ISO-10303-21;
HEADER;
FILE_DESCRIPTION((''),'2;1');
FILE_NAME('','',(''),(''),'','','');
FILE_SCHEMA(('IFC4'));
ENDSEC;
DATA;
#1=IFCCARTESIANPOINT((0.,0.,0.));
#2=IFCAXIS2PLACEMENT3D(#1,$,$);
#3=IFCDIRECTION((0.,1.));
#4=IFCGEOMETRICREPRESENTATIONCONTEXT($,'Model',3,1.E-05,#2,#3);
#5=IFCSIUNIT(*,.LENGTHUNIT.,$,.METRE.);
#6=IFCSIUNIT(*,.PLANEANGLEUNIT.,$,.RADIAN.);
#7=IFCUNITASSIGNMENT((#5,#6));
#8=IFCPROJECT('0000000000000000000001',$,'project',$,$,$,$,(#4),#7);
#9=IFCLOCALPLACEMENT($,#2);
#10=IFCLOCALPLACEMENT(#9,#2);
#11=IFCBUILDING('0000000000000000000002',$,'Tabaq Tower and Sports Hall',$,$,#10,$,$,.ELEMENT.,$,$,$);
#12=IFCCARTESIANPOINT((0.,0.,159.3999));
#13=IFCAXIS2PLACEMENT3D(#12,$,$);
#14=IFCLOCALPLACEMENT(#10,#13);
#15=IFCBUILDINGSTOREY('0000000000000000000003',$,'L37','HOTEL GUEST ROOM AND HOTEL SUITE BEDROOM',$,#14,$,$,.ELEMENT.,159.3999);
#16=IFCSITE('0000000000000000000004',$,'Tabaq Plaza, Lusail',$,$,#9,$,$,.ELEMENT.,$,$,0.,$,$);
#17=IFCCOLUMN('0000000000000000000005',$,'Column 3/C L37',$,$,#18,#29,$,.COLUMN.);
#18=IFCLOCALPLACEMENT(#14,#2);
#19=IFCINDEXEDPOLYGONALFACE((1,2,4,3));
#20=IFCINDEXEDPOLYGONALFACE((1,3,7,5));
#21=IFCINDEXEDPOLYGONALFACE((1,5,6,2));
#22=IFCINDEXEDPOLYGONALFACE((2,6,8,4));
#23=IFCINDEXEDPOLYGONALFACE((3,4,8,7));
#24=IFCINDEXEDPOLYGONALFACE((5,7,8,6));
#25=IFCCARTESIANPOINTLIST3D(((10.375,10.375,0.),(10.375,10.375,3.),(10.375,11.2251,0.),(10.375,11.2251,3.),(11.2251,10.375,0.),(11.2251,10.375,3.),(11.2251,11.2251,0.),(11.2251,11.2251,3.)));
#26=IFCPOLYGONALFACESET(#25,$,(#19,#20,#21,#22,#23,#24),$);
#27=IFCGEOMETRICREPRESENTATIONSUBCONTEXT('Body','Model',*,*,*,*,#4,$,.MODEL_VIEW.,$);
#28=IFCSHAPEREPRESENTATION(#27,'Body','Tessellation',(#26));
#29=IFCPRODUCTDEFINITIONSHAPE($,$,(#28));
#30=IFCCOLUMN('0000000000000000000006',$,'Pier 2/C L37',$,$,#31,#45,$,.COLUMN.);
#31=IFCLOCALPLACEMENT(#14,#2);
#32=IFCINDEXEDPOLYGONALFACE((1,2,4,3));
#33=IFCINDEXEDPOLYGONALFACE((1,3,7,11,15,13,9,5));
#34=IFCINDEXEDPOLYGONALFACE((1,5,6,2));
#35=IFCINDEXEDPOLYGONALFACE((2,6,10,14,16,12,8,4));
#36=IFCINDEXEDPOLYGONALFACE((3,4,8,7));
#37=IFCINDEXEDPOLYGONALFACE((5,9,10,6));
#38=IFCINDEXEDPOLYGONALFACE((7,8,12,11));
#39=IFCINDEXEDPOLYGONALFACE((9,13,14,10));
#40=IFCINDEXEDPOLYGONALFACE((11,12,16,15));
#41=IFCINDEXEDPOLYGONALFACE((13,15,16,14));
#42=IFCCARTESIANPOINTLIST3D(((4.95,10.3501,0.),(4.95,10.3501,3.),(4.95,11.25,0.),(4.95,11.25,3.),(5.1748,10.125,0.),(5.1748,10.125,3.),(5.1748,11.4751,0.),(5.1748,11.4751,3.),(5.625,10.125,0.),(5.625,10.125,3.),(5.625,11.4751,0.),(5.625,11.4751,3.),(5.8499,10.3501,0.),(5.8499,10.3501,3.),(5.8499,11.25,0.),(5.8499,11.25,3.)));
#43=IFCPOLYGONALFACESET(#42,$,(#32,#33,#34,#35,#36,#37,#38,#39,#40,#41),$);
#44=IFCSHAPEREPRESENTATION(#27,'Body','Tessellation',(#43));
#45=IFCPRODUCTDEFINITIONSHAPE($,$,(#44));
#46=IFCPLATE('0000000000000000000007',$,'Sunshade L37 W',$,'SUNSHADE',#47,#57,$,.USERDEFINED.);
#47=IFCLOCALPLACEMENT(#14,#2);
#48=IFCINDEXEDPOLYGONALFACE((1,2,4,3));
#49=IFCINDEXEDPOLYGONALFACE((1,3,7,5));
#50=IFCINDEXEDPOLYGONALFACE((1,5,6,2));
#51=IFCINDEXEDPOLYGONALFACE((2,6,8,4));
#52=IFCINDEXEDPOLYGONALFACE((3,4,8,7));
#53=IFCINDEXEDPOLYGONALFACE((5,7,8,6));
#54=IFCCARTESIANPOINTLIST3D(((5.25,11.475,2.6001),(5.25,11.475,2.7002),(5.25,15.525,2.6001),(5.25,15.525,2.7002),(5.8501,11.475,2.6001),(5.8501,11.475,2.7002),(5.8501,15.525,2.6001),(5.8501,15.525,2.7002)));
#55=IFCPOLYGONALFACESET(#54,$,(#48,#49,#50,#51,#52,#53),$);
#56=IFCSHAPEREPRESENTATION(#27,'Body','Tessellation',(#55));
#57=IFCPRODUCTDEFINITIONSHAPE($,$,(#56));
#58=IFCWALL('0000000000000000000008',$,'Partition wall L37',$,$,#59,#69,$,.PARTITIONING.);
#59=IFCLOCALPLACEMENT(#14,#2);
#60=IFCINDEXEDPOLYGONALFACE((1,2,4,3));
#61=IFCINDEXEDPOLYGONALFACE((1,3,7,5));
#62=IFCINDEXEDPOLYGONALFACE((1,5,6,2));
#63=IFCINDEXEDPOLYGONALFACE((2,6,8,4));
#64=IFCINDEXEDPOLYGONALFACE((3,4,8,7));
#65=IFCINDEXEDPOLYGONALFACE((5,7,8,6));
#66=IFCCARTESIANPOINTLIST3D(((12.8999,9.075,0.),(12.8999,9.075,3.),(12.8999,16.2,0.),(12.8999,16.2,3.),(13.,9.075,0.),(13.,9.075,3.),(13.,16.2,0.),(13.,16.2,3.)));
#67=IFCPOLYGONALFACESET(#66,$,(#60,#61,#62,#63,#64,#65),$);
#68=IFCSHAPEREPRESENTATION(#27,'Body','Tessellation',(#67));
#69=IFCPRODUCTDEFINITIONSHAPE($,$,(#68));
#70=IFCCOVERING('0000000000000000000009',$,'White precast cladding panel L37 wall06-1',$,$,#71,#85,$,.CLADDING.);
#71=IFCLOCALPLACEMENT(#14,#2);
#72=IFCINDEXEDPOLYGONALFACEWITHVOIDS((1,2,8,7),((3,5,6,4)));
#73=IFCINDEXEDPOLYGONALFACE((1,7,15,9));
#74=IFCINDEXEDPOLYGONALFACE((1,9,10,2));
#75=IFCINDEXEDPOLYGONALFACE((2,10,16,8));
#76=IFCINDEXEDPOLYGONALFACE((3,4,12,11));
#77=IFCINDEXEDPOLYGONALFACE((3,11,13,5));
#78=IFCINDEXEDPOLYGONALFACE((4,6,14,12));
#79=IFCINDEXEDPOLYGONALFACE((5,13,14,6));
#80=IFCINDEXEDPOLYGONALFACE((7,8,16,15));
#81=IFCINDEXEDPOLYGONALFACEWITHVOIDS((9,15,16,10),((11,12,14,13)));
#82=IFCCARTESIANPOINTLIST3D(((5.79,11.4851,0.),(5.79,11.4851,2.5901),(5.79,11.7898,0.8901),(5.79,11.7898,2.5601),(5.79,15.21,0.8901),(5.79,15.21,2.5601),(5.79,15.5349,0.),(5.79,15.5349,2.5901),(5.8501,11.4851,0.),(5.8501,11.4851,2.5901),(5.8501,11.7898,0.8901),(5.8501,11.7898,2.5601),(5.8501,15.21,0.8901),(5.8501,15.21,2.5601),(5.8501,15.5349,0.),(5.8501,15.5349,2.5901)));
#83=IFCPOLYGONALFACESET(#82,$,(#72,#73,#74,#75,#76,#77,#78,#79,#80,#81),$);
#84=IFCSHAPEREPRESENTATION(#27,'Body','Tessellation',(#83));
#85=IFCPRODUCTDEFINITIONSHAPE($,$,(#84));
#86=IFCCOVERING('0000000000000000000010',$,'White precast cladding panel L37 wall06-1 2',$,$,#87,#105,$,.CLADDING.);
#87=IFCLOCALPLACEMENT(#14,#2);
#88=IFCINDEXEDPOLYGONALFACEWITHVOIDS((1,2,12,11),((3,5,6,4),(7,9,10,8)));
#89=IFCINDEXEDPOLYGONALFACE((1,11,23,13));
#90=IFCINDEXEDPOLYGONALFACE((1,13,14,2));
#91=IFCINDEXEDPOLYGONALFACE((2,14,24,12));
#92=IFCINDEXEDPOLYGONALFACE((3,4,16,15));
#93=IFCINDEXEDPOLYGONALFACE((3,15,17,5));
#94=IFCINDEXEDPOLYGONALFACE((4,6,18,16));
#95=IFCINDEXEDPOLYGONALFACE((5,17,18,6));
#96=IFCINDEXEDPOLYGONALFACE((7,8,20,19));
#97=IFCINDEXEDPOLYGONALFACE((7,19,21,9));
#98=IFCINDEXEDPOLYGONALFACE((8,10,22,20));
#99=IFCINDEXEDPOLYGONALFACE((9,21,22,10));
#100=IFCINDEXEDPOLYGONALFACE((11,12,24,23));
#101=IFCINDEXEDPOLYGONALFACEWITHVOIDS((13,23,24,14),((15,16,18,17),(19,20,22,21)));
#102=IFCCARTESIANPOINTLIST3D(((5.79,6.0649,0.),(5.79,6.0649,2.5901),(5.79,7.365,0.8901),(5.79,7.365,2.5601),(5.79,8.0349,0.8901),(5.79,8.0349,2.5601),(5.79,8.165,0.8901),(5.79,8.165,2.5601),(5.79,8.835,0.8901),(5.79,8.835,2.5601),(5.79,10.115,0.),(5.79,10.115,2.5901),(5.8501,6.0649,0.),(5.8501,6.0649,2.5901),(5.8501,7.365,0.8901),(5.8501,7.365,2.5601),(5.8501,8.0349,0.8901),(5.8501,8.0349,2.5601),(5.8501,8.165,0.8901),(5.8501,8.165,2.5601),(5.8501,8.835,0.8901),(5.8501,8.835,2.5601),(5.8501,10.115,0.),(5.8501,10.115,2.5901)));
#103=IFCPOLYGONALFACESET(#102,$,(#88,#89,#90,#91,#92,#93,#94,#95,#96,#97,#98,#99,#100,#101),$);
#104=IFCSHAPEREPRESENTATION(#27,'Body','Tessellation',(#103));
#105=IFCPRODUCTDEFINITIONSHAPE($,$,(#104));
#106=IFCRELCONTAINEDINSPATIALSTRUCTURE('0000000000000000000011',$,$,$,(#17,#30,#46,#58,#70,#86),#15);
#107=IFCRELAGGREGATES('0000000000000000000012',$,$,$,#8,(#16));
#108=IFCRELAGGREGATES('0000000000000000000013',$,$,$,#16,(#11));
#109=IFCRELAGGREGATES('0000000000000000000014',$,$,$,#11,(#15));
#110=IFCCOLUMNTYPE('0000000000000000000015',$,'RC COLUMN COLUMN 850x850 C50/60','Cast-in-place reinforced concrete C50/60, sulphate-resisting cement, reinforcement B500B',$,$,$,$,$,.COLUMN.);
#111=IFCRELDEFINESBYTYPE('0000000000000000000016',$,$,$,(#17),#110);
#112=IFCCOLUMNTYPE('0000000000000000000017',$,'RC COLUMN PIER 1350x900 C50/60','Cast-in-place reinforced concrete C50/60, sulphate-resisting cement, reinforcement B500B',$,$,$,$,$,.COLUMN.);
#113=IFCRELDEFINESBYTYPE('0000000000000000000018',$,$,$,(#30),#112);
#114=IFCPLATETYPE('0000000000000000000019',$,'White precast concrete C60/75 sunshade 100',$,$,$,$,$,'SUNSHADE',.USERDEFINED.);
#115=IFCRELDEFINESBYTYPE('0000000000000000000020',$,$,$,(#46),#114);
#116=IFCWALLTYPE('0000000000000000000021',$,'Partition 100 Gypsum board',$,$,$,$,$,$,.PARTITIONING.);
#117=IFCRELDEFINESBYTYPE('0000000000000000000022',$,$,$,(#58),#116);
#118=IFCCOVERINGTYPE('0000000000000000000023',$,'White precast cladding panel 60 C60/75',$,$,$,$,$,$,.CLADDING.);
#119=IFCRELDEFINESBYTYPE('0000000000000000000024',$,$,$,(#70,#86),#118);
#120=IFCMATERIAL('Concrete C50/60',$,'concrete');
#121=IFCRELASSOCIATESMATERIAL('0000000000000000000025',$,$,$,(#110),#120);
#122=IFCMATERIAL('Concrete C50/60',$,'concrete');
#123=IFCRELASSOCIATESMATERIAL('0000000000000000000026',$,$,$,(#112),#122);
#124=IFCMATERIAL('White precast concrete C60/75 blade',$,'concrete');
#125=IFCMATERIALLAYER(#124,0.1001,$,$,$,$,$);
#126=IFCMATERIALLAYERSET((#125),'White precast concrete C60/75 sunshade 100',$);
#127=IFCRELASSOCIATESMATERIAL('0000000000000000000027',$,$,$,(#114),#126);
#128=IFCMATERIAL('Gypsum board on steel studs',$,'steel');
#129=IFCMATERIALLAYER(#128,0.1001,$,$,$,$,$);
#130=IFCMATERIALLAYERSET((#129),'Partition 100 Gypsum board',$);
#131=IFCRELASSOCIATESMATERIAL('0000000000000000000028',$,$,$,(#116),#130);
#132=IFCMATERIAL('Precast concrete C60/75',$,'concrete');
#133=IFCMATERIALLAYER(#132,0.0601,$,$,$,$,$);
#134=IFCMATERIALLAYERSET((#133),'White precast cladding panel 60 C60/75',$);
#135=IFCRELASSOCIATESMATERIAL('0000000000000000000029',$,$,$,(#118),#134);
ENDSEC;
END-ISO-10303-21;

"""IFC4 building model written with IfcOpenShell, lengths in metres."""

from ifc_helpers import new_model, si_unit, direction, frame, frame_2d, origin, origin_2d, place, context, subcontext, project, spatial, polyline, rectangle, outline, extrude, material, layer, layer_set, material_profile, profile_set, type_object, element, save


model = new_model("IFC4")

# Units and contexts
model_context = context("Model", 3, precision=1e-05, world=origin(), true_north=direction((0.0, 1.0)))
body_context = subcontext(model_context, "Body", "Model", "MODEL_VIEW")
ifc_project = project(units=[si_unit("LENGTHUNIT", "METRE"), si_unit("PLANEANGLEUNIT", "RADIAN")], contexts=[model_context])

# Site, building, storey
site_placement = place(None, origin())
site = spatial("IfcSite", under=ifc_project, at=site_placement, Name="Tabaq Plaza, Lusail", CompositionType="ELEMENT", RefElevation=0.0)
building_placement = place(site_placement, origin())
building = spatial("IfcBuilding", under=site, at=building_placement, Name="Tabaq Tower and Sports Hall", CompositionType="ELEMENT")
storey_placement = place(building_placement, frame((0.0, 0.0, 159.3999)))
storey = spatial("IfcBuildingStorey", under=building, at=storey_placement, Name="L37", Description="HOTEL GUEST ROOM AND HOTEL SUITE BEDROOM", CompositionType="ELEMENT", Elevation=159.3999)

# Columns
ifc_material_1 = material(Name="Concrete C50/60", Category="concrete")
ifc_material_profile_1 = material_profile(ifc_material_1, rectangle(XDim=0.8501, YDim=0.8501, at=origin_2d()), Name="COLUMN 850x850")
ifc_profile_set_1 = profile_set([ifc_material_profile_1], Name="Concrete C50/60")
column_type_1 = type_object("IfcColumnType", Name="RC COLUMN COLUMN 850x850 C50/60", Description="Cast-in-place reinforced concrete C50/60, sulphate-resisting cement, reinforcement B500B", PredefinedType="COLUMN", material=ifc_profile_set_1)
column_1_placement = place(storey_placement, frame((10.8, 10.8, 0.0), z_axis=(0.0, 0.0, 1.0), x_axis=(1.0, 0.0, 0.0)))
element("IfcColumn", 1, at=column_1_placement, inside=storey, type_object=column_type_1, Name="Column 3/C L37", PredefinedType="COLUMN", context=body_context, shape_type="SweptSolid", body=[
    extrude(rectangle(XDim=0.8501, YDim=0.8501, at=origin_2d()), origin(), (0.0, 0.0, 1.0), 3.0),
])
ifc_material_2 = material(Name="Concrete C50/60", Category="concrete")
ifc_material_profile_2 = material_profile(ifc_material_2, outline(polyline([(-0.45, -0.45), (0.45, -0.45), (0.675, -0.2251), (0.675, 0.2251), (0.45, 0.45), (-0.45, 0.45), (-0.675, 0.2251), (-0.675, -0.2251), (-0.45, -0.45)])), Name="PIER 1350x900")
ifc_profile_set_2 = profile_set([ifc_material_profile_2], Name="Concrete C50/60")
column_type_2 = type_object("IfcColumnType", Name="RC COLUMN PIER 1350x900 C50/60", Description="Cast-in-place reinforced concrete C50/60, sulphate-resisting cement, reinforcement B500B", PredefinedType="COLUMN", material=ifc_profile_set_2)
column_2_placement = place(storey_placement, frame((5.3999, 10.8, 0.0), z_axis=(0.0, 0.0, 1.0), x_axis=(0.0, 1.0, 0.0)))
element("IfcColumn", 2, at=column_2_placement, inside=storey, type_object=column_type_2, Name="Pier 2/C L37", PredefinedType="COLUMN", context=body_context, shape_type="SweptSolid", body=[
    extrude(outline(polyline([(-0.45, -0.45), (0.45, -0.45), (0.675, -0.2251), (0.675, 0.2251), (0.45, 0.45), (-0.45, 0.45), (-0.675, 0.2251), (-0.675, -0.2251), (-0.45, -0.45)])), origin(), (0.0, 0.0, 1.0), 3.0),
])

# Plate
ifc_material_3 = material(Name="White precast concrete C60/75 blade", Category="concrete")
ifc_layer_1 = layer(ifc_material_3, 0.1001)
ifc_layer_set_1 = layer_set([ifc_layer_1], Name="White precast concrete C60/75 sunshade 100")
plate_type = type_object("IfcPlateType", Name="White precast concrete C60/75 sunshade 100", ElementType="SUNSHADE", PredefinedType="USERDEFINED", material=ifc_layer_set_1)
plate_placement = place(storey_placement, frame((5.55, 13.5, 2.6001), z_axis=(0.0, 0.0, 1.0), x_axis=(0.0, -1.0, 0.0)))
element("IfcPlate", 3, at=plate_placement, inside=storey, type_object=plate_type, Name="Sunshade L37 W", ObjectType="SUNSHADE", PredefinedType="USERDEFINED", context=body_context, shape_type="SweptSolid", body=[
    extrude(rectangle(XDim=4.05, YDim=0.6001, at=origin_2d()), origin(), (0.0, 0.0, 1.0), 0.1001),
])

# Wall
ifc_material_4 = material(Name="Gypsum board on steel studs", Category="steel")
ifc_layer_2 = layer(ifc_material_4, 0.1001)
ifc_layer_set_2 = layer_set([ifc_layer_2], Name="Partition 100 Gypsum board")
wall_type = type_object("IfcWallType", Name="Partition 100 Gypsum board", PredefinedType="PARTITIONING", material=ifc_layer_set_2)
wall_placement = place(storey_placement, frame((12.95, 9.075, 0.0), z_axis=(0.0, 0.0, 1.0), x_axis=(0.0, 1.0, 0.0)))
element("IfcWall", 4, at=wall_placement, inside=storey, type_object=wall_type, Name="Partition wall L37", PredefinedType="PARTITIONING", context=body_context, shape_type="SweptSolid", body=[
    extrude(rectangle(XDim=7.125, YDim=0.1001, at=frame_2d((3.5625, 0.0))), origin(), (0.0, 0.0, 1.0), 3.0),
])

# Coverings
ifc_material_5 = material(Name="Precast concrete C60/75", Category="concrete")
ifc_layer_3 = layer(ifc_material_5, 0.0601)
ifc_layer_set_3 = layer_set([ifc_layer_3], Name="White precast cladding panel 60 C60/75")
covering_type = type_object("IfcCoveringType", Name="White precast cladding panel 60 C60/75", PredefinedType="CLADDING", material=ifc_layer_set_3)
covering_1_placement = place(storey_placement, frame((5.8201, 15.5349, 0.0), z_axis=(0.0, 0.0, 1.0), x_axis=(0.0, -1.0, 0.0)))
element("IfcCovering", 5, at=covering_1_placement, inside=storey, type_object=covering_type, Name="White precast cladding panel L37 wall06-1", PredefinedType="CLADDING", context=body_context, shape_type="SweptSolid", body=[
    extrude(outline(polyline([(0.0, 0.0), (4.0498, 0.0), (4.0498, 2.5901), (0.0, 2.5901), (0.0, 0.0)]), holes=[polyline([(3.7451, 0.8901), (0.325, 0.8901), (0.325, 2.5601), (3.7451, 2.5601), (3.7451, 0.8901)])]), frame((0.0, 0.03, 0.0), z_axis=(0.0, -1.0, 0.0), x_axis=(1.0, 0.0, 0.0)), (0.0, 0.0, 1.0), 0.0601),
])
covering_2_placement = place(storey_placement, frame((5.8201, 10.115, 0.0), z_axis=(0.0, 0.0, 1.0), x_axis=(0.0, -1.0, 0.0)))
element("IfcCovering", 6, at=covering_2_placement, inside=storey, type_object=covering_type, Name="White precast cladding panel L37 wall06-1 2", PredefinedType="CLADDING", context=body_context, shape_type="SweptSolid", body=[
    extrude(outline(polyline([(0.0, 0.0), (4.05, 0.0), (4.05, 2.5901), (0.0, 2.5901), (0.0, 0.0)]), holes=[polyline([(1.28, 0.8901), (1.28, 2.5601), (1.95, 2.5601), (1.95, 0.8901), (1.28, 0.8901)]), polyline([(2.0801, 0.8901), (2.0801, 2.5601), (2.75, 2.5601), (2.75, 0.8901), (2.0801, 0.8901)])]), frame((0.0, 0.03, 0.0), z_axis=(0.0, -1.0, 0.0), x_axis=(1.0, 0.0, 0.0)), (0.0, 0.0, 1.0), 0.0601),
])

save(model, "model.ifc")
